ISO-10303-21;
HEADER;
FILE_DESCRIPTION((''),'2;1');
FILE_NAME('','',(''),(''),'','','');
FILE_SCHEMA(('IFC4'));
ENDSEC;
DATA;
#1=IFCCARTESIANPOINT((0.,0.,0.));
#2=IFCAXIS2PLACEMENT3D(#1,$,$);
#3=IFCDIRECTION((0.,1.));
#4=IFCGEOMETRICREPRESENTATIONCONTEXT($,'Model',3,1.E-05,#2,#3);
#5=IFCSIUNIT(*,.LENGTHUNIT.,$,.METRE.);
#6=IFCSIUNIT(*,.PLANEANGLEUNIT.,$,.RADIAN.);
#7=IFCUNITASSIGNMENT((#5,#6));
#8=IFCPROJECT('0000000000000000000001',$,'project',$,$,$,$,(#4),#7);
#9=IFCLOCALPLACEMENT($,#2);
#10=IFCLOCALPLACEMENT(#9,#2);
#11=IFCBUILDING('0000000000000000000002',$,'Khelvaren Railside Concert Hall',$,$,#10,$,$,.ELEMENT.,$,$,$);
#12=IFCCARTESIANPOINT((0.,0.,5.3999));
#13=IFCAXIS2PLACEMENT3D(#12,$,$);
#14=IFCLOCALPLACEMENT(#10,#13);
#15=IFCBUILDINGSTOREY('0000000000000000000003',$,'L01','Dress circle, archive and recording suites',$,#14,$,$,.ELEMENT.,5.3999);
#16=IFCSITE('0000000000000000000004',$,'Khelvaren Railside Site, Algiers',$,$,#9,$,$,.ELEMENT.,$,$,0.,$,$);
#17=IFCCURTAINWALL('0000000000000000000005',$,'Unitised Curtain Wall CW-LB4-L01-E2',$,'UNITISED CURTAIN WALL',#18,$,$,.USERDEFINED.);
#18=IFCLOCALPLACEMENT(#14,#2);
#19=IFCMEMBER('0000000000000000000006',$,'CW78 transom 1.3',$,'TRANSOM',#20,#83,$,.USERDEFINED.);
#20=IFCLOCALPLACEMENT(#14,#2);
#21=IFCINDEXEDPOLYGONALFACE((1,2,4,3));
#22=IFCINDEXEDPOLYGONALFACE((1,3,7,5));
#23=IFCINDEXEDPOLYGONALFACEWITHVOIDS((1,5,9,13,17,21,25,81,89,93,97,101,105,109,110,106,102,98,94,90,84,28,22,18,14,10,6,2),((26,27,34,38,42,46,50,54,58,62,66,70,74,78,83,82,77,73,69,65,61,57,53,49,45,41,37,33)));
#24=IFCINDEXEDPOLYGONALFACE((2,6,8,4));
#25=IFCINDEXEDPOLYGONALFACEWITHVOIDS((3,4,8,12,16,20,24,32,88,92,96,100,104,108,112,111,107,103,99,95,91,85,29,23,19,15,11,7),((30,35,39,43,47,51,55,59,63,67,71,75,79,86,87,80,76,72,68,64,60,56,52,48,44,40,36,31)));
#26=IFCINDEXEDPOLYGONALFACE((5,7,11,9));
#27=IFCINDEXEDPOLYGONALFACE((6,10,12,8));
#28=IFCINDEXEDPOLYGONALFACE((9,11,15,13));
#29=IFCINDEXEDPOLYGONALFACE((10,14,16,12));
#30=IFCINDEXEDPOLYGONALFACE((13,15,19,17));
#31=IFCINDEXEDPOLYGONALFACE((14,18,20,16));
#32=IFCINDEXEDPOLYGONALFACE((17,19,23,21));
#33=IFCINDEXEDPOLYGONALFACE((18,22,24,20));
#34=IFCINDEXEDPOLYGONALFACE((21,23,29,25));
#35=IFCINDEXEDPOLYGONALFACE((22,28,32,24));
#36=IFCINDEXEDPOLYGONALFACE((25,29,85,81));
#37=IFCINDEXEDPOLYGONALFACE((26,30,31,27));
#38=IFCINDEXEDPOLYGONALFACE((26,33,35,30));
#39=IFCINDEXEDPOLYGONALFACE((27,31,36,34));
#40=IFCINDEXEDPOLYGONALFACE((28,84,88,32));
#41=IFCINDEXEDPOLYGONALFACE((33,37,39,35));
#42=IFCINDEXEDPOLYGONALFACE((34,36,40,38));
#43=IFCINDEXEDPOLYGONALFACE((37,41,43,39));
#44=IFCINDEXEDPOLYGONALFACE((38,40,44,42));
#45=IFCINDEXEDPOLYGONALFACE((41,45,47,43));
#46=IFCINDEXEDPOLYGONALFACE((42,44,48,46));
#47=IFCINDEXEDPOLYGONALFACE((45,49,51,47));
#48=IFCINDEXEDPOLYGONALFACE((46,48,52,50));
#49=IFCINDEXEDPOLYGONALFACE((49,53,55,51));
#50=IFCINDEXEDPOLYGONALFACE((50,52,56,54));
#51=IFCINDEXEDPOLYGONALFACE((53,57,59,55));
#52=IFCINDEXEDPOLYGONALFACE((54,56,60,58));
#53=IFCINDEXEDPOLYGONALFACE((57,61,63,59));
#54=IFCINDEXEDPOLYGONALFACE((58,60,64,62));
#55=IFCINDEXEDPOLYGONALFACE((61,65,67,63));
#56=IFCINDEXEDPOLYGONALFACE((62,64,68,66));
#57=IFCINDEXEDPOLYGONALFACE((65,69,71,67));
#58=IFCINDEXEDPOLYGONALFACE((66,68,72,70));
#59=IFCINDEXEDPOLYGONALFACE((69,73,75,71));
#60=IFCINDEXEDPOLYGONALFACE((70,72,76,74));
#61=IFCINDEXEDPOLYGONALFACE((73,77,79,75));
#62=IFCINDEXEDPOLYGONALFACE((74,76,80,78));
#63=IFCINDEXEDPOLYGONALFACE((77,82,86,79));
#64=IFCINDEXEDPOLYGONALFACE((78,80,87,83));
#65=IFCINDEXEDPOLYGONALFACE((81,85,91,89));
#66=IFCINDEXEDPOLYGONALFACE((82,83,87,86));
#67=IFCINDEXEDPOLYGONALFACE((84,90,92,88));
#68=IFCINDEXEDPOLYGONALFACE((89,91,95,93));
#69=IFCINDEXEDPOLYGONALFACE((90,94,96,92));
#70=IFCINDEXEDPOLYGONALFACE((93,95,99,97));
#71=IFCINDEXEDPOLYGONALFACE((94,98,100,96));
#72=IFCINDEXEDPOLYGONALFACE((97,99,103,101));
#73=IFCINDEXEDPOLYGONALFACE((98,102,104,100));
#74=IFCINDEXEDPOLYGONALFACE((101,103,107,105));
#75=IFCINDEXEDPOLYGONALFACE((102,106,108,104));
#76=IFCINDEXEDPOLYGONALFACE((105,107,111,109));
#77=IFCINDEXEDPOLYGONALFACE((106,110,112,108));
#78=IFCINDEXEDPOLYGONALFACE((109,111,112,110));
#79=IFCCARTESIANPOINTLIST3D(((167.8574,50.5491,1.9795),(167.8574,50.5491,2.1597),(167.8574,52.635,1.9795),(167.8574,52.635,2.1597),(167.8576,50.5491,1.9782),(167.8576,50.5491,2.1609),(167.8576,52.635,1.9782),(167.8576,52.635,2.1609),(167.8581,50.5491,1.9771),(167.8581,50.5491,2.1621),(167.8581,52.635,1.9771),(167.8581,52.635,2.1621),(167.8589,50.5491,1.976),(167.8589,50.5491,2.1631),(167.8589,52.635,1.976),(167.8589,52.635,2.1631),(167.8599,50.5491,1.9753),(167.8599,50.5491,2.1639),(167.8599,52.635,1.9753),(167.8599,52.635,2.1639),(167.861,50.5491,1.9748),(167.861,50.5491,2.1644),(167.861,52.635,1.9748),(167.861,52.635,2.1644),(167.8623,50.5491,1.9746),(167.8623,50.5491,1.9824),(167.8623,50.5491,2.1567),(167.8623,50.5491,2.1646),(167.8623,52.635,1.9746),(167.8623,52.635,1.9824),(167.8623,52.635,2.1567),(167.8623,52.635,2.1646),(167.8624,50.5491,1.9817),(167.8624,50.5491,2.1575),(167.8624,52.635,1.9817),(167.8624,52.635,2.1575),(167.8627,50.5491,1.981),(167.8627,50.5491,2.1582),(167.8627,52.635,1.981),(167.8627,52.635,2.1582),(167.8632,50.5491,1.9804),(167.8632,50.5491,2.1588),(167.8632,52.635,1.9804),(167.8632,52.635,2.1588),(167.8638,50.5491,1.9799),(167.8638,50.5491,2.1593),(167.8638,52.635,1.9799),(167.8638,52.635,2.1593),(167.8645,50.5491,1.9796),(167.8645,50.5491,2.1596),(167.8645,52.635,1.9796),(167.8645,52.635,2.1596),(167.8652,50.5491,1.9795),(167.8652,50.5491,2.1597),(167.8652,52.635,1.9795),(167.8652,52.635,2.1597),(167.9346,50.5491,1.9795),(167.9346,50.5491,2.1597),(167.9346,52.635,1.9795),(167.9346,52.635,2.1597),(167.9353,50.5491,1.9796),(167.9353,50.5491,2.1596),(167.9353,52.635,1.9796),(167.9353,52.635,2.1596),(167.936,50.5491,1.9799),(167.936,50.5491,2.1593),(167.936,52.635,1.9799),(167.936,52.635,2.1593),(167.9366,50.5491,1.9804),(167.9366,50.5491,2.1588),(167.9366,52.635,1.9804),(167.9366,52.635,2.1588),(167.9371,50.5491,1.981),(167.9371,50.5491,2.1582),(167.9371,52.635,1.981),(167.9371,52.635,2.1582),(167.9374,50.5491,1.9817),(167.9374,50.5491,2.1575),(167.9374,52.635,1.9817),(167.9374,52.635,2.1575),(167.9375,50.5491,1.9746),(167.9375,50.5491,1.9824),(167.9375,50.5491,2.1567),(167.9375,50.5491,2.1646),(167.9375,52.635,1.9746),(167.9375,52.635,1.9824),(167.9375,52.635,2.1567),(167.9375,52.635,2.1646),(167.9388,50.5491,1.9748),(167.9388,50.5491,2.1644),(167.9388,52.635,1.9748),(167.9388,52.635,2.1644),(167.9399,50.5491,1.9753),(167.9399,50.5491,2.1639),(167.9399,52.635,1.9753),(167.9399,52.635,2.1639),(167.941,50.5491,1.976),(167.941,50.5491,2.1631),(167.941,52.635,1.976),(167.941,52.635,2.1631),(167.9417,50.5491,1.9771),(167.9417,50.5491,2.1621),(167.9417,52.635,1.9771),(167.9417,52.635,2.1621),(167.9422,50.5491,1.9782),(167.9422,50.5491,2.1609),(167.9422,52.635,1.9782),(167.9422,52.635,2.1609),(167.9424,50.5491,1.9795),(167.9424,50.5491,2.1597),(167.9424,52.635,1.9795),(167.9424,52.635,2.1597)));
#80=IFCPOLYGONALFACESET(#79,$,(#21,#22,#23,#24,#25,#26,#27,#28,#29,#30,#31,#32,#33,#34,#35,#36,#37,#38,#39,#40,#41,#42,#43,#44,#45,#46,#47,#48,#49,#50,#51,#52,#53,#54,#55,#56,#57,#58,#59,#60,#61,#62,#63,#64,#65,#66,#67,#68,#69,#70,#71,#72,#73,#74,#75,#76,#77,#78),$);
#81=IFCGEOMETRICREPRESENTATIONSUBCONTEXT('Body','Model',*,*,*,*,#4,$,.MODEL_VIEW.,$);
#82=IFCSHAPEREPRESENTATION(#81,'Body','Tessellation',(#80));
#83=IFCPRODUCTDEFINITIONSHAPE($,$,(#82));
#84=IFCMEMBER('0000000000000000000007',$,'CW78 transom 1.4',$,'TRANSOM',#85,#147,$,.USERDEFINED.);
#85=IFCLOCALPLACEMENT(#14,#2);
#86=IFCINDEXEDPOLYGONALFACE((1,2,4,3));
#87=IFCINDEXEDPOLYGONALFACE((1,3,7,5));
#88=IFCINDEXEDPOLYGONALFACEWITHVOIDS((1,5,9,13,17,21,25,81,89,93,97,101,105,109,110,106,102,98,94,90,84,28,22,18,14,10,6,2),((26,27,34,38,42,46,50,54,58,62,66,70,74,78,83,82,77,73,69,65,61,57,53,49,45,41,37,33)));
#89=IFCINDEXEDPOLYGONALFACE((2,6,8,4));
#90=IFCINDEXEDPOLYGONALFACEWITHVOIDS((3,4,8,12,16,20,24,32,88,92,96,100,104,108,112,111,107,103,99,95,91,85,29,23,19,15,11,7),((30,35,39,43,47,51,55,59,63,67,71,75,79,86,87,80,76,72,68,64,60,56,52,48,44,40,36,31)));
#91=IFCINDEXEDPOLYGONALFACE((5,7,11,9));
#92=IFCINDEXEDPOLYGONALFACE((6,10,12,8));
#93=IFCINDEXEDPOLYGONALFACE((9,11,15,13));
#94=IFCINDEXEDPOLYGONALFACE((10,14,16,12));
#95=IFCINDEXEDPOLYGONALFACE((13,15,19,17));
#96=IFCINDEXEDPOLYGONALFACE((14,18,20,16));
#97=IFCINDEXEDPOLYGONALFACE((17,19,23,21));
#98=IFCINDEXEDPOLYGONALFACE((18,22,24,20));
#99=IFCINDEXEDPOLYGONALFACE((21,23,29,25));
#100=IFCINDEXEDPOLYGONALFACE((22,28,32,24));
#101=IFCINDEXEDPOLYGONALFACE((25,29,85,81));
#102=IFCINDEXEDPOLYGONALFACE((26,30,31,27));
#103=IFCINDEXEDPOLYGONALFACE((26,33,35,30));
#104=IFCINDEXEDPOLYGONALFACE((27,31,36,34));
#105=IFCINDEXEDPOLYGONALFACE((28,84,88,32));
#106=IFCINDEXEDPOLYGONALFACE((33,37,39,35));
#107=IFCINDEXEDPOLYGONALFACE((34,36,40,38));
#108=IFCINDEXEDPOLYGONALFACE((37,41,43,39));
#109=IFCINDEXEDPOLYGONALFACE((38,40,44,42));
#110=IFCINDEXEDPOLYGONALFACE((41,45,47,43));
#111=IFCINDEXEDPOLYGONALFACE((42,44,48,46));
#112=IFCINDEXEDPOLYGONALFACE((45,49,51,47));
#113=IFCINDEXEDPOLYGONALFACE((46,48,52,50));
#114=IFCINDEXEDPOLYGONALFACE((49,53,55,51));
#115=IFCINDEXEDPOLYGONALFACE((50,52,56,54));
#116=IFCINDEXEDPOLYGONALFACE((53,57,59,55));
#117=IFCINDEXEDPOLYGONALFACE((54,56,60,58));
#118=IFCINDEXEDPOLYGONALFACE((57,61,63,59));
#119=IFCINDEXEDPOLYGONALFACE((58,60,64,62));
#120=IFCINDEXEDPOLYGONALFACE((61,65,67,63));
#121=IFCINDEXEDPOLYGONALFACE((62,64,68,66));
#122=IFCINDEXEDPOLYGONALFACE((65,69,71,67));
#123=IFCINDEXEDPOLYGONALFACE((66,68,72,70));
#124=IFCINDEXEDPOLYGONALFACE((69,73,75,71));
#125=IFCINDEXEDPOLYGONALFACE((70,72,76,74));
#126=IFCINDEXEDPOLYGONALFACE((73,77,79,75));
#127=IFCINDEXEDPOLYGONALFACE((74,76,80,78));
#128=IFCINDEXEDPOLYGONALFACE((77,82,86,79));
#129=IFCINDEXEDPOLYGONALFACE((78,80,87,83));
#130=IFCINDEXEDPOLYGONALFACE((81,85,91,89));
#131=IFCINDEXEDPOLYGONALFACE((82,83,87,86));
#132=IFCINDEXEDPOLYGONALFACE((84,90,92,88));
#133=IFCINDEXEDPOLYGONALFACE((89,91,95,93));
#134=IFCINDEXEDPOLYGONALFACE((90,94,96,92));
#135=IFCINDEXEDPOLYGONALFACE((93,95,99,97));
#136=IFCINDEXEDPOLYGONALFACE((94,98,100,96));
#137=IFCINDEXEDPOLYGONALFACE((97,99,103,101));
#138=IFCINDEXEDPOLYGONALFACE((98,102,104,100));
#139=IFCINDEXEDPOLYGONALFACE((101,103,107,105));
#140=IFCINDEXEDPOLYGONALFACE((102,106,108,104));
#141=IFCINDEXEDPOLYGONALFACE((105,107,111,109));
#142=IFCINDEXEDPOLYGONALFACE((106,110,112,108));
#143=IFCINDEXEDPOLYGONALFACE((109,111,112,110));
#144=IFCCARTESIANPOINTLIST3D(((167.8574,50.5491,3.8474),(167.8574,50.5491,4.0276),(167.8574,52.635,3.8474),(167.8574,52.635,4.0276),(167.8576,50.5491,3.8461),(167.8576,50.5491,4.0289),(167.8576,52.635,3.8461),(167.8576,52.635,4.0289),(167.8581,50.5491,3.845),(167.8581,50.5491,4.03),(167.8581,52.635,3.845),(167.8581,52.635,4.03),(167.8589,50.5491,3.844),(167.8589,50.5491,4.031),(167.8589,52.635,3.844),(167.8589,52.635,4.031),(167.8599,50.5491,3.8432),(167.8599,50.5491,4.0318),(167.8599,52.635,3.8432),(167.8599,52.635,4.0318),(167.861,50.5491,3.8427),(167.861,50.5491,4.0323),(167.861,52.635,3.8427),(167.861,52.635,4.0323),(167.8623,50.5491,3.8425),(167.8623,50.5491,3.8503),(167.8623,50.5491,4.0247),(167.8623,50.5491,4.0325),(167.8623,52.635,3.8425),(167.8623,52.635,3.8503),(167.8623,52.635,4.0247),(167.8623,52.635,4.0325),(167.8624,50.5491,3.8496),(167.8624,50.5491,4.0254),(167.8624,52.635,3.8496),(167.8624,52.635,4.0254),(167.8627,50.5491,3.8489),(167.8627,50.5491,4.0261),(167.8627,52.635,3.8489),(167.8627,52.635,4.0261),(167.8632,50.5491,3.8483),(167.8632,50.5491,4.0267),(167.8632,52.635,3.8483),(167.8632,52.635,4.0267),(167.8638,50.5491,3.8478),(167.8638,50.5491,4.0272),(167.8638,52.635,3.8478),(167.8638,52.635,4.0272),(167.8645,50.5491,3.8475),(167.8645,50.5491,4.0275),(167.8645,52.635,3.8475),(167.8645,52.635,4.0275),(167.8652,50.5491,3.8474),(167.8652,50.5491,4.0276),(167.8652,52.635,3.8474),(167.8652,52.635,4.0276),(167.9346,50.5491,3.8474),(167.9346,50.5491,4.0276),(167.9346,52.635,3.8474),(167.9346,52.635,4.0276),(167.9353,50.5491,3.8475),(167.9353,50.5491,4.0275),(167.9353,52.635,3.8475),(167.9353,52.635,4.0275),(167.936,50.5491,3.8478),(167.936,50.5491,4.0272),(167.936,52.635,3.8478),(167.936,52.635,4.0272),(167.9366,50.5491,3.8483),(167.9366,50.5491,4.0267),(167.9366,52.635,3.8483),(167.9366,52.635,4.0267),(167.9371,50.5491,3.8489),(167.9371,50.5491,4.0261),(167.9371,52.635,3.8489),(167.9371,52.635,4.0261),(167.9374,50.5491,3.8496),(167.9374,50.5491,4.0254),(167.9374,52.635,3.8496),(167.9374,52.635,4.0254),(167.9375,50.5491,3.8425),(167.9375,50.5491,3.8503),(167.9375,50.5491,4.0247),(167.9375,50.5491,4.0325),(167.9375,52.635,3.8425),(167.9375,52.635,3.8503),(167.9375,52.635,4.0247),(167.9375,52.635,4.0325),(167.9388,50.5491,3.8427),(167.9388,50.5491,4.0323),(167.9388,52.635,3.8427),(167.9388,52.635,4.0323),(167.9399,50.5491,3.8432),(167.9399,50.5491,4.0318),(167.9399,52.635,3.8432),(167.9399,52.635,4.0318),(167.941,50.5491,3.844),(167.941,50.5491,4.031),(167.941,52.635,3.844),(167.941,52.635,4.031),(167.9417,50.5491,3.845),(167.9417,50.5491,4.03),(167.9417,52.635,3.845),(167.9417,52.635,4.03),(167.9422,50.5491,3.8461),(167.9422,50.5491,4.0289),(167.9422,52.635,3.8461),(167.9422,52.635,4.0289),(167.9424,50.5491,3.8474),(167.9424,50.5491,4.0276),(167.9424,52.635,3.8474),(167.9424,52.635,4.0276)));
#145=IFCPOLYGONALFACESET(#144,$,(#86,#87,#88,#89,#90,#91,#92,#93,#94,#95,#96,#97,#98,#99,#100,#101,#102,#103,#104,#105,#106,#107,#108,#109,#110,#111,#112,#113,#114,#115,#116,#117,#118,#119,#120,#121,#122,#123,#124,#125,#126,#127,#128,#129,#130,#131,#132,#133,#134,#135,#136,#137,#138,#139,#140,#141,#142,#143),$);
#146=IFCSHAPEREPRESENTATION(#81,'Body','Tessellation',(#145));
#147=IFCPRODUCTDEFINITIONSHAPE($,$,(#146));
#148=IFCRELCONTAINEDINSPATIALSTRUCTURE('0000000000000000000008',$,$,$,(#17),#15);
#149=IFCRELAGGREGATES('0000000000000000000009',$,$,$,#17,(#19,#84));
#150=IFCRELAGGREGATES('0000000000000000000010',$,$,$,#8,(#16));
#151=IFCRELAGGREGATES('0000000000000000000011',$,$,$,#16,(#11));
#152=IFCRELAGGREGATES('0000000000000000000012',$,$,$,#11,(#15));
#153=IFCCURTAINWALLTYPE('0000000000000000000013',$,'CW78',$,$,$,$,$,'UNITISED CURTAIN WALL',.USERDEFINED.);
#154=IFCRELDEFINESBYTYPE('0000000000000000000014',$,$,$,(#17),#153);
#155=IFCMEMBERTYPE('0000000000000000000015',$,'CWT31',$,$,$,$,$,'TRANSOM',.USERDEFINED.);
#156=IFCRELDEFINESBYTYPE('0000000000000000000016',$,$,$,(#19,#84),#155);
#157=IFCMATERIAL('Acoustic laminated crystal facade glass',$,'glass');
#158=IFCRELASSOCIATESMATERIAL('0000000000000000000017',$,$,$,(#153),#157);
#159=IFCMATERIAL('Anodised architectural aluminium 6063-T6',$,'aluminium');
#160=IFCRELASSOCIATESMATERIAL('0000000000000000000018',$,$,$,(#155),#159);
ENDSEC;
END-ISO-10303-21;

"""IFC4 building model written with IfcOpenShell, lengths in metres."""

from ifc_helpers import new_model, si_unit, direction, frame, origin, origin_2d, place, context, subcontext, project, spatial, hollow_rectangle, extrude, material, material_profile, profile_set, type_object, element, aggregate, save


model = new_model("IFC4")

# Units and contexts
model_context = context("Model", 3, precision=1e-05, world=origin(), true_north=direction((0.0, 1.0)))
body_context = subcontext(model_context, "Body", "Model", "MODEL_VIEW")
ifc_project = project(units=[si_unit("LENGTHUNIT", "METRE"), si_unit("PLANEANGLEUNIT", "RADIAN")], contexts=[model_context])

# Site, building, storey
site_placement = place(None, origin())
site = spatial("IfcSite", under=ifc_project, at=site_placement, Name="Khelvaren Railside Site, Algiers", CompositionType="ELEMENT", RefElevation=0.0)
building_placement = place(site_placement, origin())
building = spatial("IfcBuilding", under=site, at=building_placement, Name="Khelvaren Railside Concert Hall", CompositionType="ELEMENT")
storey_placement = place(building_placement, frame((0.0, 0.0, 5.3999)))
storey = spatial("IfcBuildingStorey", under=building, at=storey_placement, Name="L01", Description="Dress circle, archive and recording suites", CompositionType="ELEMENT", Elevation=5.3999)

# Curtain wall
ifc_material_1 = material(Name="Acoustic laminated crystal facade glass", Category="glass")
curtain_wall_type = type_object("IfcCurtainWallType", Name="CW78", ElementType="UNITISED CURTAIN WALL", PredefinedType="USERDEFINED", material=ifc_material_1)
curtain_wall_1_placement = place(storey_placement, origin())
curtain_wall_1 = element("IfcCurtainWall", 1, at=curtain_wall_1_placement, inside=storey, type_object=curtain_wall_type, Name="Unitised Curtain Wall CW-LB4-L01-E2", ObjectType="UNITISED CURTAIN WALL", PredefinedType="USERDEFINED")
ifc_material_2 = material(Name="Anodised architectural aluminium 6063-T6", Category="aluminium")

# Members
ifc_material_profile_1 = material_profile(ifc_material_2, hollow_rectangle(XDim=0.085, YDim=0.1899, WallThickness=0.0049, InnerFilletRadius=0.0029, OuterFilletRadius=0.0049, at=origin_2d()), Name="CWT 85x190x5")
ifc_profile_set_1 = profile_set([ifc_material_profile_1], Name="Anodised architectural aluminium 6063-T6")
member_type_1 = type_object("IfcMemberType", Name="CWT31", ElementType="TRANSOM", PredefinedType="USERDEFINED", material=ifc_profile_set_1)
member_1_placement = place(storey_placement, frame((167.8999, 52.635, 2.0696), z_axis=(0.0, -1.0, 0.0), x_axis=(1.0, 0.0, 0.0)))
member_1 = element("IfcMember", 2, at=member_1_placement, type_object=member_type_1, Name="CW78 transom 1.3", ObjectType="TRANSOM", PredefinedType="USERDEFINED", context=body_context, shape_type="SweptSolid", body=[
    extrude(hollow_rectangle(XDim=0.085, YDim=0.1899, WallThickness=0.0049, InnerFilletRadius=0.0029, OuterFilletRadius=0.0049, at=origin_2d()), origin(), (0.0, 0.0, 1.0), 2.0859),
])
member_2_placement = place(storey_placement, frame((167.8999, 52.635, 3.9375), z_axis=(0.0, -1.0, 0.0), x_axis=(1.0, 0.0, 0.0)))
member_2 = element("IfcMember", 3, at=member_2_placement, type_object=member_type_1, Name="CW78 transom 1.4", ObjectType="TRANSOM", PredefinedType="USERDEFINED", context=body_context, shape_type="SweptSolid", body=[
    extrude(hollow_rectangle(XDim=0.085, YDim=0.1899, WallThickness=0.0049, InnerFilletRadius=0.0029, OuterFilletRadius=0.0049, at=origin_2d()), origin(), (0.0, 0.0, 1.0), 2.0859),
])

aggregate(curtain_wall_1, [member_1, member_2])

save(model, "model.ifc")
